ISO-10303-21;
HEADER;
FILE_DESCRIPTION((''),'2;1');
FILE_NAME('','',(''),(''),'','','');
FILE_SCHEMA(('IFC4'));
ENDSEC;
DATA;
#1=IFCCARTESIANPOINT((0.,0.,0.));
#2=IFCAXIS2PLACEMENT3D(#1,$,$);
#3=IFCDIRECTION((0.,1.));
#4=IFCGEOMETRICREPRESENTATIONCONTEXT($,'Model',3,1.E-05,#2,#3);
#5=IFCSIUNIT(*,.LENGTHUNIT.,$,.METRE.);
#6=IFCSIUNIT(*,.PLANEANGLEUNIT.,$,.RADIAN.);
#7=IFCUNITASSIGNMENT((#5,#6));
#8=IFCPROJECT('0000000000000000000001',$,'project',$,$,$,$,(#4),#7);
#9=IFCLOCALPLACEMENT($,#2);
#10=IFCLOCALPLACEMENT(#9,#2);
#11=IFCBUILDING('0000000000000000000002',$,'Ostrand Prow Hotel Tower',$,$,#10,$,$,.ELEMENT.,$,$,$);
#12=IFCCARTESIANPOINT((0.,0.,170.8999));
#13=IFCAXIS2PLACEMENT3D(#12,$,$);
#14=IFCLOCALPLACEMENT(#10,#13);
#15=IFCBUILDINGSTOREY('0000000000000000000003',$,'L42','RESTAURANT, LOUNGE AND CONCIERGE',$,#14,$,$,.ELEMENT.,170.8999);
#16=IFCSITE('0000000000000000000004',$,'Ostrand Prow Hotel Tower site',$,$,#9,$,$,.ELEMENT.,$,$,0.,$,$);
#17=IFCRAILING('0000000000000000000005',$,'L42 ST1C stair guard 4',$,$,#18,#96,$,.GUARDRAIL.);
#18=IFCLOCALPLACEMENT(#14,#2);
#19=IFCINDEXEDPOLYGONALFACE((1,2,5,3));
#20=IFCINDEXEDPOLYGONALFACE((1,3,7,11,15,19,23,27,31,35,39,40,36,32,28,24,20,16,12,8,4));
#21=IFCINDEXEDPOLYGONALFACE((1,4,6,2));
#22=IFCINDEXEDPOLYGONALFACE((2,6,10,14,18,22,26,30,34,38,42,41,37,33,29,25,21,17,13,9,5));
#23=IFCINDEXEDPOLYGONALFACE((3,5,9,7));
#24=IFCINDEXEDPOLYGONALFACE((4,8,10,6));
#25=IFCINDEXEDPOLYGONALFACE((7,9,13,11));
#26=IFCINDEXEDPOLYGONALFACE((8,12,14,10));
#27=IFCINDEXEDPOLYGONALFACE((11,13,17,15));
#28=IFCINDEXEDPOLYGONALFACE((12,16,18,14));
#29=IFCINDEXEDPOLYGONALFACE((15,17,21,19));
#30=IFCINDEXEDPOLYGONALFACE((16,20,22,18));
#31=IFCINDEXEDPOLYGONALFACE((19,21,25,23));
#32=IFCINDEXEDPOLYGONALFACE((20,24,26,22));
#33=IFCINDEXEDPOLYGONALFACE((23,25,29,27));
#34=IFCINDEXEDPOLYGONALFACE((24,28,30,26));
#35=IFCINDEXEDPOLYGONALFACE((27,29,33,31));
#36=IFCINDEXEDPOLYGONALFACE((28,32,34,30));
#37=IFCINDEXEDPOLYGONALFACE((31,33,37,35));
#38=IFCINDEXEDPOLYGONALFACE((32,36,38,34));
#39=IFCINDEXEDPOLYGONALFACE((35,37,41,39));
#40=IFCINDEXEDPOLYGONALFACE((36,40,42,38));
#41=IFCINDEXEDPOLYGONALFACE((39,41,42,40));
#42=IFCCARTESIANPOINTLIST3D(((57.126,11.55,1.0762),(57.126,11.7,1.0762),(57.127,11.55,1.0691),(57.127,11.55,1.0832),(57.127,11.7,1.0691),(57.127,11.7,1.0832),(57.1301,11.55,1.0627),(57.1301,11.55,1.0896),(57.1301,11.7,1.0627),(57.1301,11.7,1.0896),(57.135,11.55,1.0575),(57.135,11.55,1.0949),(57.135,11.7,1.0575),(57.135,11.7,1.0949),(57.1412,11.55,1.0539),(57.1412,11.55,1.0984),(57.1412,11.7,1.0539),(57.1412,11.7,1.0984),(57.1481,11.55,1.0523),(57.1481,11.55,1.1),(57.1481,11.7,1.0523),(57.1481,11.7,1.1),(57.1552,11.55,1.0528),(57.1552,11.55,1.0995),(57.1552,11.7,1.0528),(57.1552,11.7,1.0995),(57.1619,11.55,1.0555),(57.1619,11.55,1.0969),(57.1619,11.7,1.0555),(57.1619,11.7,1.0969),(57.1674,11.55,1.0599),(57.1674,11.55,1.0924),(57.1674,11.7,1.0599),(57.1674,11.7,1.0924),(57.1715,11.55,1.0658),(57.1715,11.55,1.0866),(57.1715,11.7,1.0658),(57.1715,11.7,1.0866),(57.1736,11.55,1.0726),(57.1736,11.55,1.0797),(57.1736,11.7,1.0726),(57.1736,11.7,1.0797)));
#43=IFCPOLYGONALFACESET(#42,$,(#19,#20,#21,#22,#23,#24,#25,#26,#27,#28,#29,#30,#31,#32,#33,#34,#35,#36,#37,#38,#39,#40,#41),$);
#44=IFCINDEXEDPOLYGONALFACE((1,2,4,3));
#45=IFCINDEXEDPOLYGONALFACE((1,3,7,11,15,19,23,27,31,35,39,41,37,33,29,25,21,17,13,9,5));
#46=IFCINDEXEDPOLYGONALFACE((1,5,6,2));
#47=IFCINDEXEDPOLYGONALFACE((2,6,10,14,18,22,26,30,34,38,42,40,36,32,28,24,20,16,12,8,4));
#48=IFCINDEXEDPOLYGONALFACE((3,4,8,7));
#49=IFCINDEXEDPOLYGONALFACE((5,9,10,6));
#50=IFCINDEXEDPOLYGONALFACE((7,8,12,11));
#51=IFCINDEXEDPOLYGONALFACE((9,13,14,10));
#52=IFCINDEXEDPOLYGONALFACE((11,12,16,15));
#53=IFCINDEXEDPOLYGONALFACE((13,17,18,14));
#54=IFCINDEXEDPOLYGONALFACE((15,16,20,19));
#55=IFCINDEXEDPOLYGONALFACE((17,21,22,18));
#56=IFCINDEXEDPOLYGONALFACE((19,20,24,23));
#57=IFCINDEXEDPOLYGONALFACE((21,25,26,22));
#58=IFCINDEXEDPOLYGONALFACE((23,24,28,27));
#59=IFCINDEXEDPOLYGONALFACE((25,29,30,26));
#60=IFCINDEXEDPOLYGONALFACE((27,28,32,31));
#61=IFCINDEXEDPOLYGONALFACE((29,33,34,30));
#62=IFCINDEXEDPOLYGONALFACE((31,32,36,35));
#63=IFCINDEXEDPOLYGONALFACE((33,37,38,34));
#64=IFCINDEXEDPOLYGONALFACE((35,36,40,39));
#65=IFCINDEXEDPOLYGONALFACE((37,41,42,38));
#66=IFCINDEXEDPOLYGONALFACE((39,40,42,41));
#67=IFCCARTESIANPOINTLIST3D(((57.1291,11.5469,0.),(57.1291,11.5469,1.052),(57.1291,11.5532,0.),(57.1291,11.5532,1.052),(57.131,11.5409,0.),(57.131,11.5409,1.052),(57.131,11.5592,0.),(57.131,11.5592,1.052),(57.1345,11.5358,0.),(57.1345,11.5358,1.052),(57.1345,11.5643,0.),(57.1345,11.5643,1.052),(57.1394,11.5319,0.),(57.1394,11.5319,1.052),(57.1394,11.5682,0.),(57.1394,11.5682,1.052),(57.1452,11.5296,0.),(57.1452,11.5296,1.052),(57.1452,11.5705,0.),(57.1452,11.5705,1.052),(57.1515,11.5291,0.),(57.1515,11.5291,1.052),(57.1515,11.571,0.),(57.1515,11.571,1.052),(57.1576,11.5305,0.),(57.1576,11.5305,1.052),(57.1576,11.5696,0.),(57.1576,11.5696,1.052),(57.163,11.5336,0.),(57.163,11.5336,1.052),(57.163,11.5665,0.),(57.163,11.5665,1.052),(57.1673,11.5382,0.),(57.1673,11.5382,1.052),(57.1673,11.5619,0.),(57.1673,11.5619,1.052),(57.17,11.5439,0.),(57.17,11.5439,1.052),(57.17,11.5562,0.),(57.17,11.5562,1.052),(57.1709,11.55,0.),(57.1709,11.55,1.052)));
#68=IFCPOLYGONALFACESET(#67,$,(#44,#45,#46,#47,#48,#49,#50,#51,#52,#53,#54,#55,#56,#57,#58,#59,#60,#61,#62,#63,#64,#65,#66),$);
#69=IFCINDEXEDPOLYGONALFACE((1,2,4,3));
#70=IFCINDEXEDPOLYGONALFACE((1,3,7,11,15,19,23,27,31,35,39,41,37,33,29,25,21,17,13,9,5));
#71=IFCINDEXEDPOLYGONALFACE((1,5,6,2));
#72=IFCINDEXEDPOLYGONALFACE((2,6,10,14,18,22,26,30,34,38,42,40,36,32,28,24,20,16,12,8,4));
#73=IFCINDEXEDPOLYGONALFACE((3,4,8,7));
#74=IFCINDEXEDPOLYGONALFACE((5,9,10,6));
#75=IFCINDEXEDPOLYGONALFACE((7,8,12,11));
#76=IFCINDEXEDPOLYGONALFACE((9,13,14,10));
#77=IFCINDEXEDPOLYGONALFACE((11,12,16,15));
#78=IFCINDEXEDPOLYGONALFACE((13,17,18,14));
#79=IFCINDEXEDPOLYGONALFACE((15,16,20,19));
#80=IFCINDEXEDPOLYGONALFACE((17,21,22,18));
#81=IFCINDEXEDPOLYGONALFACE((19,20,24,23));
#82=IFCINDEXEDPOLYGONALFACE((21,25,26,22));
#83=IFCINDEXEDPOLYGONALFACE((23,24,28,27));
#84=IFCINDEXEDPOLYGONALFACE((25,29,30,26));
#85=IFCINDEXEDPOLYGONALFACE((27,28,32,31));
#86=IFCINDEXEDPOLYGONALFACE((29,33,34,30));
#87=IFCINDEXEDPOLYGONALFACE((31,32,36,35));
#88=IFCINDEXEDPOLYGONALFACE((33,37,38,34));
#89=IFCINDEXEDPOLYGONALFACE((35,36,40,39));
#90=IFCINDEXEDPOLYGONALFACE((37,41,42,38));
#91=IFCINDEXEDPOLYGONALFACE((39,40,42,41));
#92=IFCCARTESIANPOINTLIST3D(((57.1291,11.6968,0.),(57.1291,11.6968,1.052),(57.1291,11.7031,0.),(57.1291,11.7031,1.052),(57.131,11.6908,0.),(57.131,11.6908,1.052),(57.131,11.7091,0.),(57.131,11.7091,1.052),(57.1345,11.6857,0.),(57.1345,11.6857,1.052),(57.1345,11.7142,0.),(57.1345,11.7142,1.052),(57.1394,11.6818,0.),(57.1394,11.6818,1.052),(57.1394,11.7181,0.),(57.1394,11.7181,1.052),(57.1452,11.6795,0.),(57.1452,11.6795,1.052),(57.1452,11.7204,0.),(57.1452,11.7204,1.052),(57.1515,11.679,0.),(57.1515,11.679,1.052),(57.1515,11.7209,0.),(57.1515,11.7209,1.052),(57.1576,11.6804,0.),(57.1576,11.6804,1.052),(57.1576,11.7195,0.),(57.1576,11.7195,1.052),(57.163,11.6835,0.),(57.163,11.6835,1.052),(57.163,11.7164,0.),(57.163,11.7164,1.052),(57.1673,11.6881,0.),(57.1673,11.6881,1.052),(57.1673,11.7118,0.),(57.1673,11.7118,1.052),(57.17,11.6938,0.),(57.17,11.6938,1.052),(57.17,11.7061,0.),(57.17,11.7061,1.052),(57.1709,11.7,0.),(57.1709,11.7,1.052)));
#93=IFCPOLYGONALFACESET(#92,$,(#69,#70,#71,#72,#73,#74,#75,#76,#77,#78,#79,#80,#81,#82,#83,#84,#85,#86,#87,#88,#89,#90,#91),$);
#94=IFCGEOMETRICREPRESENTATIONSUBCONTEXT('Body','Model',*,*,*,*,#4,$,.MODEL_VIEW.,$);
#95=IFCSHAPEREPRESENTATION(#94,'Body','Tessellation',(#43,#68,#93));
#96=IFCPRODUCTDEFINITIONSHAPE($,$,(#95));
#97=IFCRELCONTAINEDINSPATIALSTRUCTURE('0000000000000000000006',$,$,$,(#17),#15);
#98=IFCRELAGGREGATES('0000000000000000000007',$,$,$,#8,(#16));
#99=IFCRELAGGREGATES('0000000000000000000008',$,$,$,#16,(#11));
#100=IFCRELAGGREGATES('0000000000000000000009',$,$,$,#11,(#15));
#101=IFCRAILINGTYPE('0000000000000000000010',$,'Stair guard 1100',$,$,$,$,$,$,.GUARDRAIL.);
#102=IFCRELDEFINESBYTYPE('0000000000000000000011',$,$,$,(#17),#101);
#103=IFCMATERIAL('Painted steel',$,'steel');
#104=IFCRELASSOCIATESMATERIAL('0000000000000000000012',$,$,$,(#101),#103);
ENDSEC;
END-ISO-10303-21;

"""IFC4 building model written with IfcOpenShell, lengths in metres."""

from ifc_helpers import new_model, si_unit, direction, frame, origin, origin_2d, place, context, subcontext, project, spatial, circle, extrude, material, type_object, element, save


model = new_model("IFC4")

# Units and contexts
model_context = context("Model", 3, precision=1e-05, world=origin(), true_north=direction((0.0, 1.0)))
body_context = subcontext(model_context, "Body", "Model", "MODEL_VIEW")
ifc_project = project(units=[si_unit("LENGTHUNIT", "METRE"), si_unit("PLANEANGLEUNIT", "RADIAN")], contexts=[model_context])

# Site, building, storey
site_placement = place(None, origin())
site = spatial("IfcSite", under=ifc_project, at=site_placement, Name="Ostrand Prow Hotel Tower site", CompositionType="ELEMENT", RefElevation=0.0)
building_placement = place(site_placement, origin())
building = spatial("IfcBuilding", under=site, at=building_placement, Name="Ostrand Prow Hotel Tower", CompositionType="ELEMENT")
storey_placement = place(building_placement, frame((0.0, 0.0, 170.8999)))
storey = spatial("IfcBuildingStorey", under=building, at=storey_placement, Name="L42", Description="RESTAURANT, LOUNGE AND CONCIERGE", CompositionType="ELEMENT", Elevation=170.8999)

# Railing
ifc_material_1 = material(Name="Painted steel", Category="steel")
railing_type_1 = type_object("IfcRailingType", Name="Stair guard 1100", PredefinedType="GUARDRAIL", material=ifc_material_1)
railing_1_placement = place(storey_placement, frame((57.1499, 11.55, 0.0)))
element("IfcRailing", 1, at=railing_1_placement, inside=storey, type_object=railing_type_1, Name="L42 ST1C stair guard 4", PredefinedType="GUARDRAIL", context=body_context, shape_type="SweptSolid", body=[
    extrude(circle(Radius=0.0239, at=origin_2d()), frame((0.0, 0.0, 1.0762), z_axis=(0.0, 1.0, 0.0), x_axis=(-1.0, 0.0, 0.0)), (0.0, 0.0, 1.0), 0.1499),
    extrude(circle(Radius=0.021, at=origin_2d()), origin(), (0.0, 0.0, 1.0), 1.052),
    extrude(circle(Radius=0.021, at=origin_2d()), frame((0.0, 0.1499, 0.0)), (0.0, 0.0, 1.0), 1.052),
])

save(model, "model.ifc")
